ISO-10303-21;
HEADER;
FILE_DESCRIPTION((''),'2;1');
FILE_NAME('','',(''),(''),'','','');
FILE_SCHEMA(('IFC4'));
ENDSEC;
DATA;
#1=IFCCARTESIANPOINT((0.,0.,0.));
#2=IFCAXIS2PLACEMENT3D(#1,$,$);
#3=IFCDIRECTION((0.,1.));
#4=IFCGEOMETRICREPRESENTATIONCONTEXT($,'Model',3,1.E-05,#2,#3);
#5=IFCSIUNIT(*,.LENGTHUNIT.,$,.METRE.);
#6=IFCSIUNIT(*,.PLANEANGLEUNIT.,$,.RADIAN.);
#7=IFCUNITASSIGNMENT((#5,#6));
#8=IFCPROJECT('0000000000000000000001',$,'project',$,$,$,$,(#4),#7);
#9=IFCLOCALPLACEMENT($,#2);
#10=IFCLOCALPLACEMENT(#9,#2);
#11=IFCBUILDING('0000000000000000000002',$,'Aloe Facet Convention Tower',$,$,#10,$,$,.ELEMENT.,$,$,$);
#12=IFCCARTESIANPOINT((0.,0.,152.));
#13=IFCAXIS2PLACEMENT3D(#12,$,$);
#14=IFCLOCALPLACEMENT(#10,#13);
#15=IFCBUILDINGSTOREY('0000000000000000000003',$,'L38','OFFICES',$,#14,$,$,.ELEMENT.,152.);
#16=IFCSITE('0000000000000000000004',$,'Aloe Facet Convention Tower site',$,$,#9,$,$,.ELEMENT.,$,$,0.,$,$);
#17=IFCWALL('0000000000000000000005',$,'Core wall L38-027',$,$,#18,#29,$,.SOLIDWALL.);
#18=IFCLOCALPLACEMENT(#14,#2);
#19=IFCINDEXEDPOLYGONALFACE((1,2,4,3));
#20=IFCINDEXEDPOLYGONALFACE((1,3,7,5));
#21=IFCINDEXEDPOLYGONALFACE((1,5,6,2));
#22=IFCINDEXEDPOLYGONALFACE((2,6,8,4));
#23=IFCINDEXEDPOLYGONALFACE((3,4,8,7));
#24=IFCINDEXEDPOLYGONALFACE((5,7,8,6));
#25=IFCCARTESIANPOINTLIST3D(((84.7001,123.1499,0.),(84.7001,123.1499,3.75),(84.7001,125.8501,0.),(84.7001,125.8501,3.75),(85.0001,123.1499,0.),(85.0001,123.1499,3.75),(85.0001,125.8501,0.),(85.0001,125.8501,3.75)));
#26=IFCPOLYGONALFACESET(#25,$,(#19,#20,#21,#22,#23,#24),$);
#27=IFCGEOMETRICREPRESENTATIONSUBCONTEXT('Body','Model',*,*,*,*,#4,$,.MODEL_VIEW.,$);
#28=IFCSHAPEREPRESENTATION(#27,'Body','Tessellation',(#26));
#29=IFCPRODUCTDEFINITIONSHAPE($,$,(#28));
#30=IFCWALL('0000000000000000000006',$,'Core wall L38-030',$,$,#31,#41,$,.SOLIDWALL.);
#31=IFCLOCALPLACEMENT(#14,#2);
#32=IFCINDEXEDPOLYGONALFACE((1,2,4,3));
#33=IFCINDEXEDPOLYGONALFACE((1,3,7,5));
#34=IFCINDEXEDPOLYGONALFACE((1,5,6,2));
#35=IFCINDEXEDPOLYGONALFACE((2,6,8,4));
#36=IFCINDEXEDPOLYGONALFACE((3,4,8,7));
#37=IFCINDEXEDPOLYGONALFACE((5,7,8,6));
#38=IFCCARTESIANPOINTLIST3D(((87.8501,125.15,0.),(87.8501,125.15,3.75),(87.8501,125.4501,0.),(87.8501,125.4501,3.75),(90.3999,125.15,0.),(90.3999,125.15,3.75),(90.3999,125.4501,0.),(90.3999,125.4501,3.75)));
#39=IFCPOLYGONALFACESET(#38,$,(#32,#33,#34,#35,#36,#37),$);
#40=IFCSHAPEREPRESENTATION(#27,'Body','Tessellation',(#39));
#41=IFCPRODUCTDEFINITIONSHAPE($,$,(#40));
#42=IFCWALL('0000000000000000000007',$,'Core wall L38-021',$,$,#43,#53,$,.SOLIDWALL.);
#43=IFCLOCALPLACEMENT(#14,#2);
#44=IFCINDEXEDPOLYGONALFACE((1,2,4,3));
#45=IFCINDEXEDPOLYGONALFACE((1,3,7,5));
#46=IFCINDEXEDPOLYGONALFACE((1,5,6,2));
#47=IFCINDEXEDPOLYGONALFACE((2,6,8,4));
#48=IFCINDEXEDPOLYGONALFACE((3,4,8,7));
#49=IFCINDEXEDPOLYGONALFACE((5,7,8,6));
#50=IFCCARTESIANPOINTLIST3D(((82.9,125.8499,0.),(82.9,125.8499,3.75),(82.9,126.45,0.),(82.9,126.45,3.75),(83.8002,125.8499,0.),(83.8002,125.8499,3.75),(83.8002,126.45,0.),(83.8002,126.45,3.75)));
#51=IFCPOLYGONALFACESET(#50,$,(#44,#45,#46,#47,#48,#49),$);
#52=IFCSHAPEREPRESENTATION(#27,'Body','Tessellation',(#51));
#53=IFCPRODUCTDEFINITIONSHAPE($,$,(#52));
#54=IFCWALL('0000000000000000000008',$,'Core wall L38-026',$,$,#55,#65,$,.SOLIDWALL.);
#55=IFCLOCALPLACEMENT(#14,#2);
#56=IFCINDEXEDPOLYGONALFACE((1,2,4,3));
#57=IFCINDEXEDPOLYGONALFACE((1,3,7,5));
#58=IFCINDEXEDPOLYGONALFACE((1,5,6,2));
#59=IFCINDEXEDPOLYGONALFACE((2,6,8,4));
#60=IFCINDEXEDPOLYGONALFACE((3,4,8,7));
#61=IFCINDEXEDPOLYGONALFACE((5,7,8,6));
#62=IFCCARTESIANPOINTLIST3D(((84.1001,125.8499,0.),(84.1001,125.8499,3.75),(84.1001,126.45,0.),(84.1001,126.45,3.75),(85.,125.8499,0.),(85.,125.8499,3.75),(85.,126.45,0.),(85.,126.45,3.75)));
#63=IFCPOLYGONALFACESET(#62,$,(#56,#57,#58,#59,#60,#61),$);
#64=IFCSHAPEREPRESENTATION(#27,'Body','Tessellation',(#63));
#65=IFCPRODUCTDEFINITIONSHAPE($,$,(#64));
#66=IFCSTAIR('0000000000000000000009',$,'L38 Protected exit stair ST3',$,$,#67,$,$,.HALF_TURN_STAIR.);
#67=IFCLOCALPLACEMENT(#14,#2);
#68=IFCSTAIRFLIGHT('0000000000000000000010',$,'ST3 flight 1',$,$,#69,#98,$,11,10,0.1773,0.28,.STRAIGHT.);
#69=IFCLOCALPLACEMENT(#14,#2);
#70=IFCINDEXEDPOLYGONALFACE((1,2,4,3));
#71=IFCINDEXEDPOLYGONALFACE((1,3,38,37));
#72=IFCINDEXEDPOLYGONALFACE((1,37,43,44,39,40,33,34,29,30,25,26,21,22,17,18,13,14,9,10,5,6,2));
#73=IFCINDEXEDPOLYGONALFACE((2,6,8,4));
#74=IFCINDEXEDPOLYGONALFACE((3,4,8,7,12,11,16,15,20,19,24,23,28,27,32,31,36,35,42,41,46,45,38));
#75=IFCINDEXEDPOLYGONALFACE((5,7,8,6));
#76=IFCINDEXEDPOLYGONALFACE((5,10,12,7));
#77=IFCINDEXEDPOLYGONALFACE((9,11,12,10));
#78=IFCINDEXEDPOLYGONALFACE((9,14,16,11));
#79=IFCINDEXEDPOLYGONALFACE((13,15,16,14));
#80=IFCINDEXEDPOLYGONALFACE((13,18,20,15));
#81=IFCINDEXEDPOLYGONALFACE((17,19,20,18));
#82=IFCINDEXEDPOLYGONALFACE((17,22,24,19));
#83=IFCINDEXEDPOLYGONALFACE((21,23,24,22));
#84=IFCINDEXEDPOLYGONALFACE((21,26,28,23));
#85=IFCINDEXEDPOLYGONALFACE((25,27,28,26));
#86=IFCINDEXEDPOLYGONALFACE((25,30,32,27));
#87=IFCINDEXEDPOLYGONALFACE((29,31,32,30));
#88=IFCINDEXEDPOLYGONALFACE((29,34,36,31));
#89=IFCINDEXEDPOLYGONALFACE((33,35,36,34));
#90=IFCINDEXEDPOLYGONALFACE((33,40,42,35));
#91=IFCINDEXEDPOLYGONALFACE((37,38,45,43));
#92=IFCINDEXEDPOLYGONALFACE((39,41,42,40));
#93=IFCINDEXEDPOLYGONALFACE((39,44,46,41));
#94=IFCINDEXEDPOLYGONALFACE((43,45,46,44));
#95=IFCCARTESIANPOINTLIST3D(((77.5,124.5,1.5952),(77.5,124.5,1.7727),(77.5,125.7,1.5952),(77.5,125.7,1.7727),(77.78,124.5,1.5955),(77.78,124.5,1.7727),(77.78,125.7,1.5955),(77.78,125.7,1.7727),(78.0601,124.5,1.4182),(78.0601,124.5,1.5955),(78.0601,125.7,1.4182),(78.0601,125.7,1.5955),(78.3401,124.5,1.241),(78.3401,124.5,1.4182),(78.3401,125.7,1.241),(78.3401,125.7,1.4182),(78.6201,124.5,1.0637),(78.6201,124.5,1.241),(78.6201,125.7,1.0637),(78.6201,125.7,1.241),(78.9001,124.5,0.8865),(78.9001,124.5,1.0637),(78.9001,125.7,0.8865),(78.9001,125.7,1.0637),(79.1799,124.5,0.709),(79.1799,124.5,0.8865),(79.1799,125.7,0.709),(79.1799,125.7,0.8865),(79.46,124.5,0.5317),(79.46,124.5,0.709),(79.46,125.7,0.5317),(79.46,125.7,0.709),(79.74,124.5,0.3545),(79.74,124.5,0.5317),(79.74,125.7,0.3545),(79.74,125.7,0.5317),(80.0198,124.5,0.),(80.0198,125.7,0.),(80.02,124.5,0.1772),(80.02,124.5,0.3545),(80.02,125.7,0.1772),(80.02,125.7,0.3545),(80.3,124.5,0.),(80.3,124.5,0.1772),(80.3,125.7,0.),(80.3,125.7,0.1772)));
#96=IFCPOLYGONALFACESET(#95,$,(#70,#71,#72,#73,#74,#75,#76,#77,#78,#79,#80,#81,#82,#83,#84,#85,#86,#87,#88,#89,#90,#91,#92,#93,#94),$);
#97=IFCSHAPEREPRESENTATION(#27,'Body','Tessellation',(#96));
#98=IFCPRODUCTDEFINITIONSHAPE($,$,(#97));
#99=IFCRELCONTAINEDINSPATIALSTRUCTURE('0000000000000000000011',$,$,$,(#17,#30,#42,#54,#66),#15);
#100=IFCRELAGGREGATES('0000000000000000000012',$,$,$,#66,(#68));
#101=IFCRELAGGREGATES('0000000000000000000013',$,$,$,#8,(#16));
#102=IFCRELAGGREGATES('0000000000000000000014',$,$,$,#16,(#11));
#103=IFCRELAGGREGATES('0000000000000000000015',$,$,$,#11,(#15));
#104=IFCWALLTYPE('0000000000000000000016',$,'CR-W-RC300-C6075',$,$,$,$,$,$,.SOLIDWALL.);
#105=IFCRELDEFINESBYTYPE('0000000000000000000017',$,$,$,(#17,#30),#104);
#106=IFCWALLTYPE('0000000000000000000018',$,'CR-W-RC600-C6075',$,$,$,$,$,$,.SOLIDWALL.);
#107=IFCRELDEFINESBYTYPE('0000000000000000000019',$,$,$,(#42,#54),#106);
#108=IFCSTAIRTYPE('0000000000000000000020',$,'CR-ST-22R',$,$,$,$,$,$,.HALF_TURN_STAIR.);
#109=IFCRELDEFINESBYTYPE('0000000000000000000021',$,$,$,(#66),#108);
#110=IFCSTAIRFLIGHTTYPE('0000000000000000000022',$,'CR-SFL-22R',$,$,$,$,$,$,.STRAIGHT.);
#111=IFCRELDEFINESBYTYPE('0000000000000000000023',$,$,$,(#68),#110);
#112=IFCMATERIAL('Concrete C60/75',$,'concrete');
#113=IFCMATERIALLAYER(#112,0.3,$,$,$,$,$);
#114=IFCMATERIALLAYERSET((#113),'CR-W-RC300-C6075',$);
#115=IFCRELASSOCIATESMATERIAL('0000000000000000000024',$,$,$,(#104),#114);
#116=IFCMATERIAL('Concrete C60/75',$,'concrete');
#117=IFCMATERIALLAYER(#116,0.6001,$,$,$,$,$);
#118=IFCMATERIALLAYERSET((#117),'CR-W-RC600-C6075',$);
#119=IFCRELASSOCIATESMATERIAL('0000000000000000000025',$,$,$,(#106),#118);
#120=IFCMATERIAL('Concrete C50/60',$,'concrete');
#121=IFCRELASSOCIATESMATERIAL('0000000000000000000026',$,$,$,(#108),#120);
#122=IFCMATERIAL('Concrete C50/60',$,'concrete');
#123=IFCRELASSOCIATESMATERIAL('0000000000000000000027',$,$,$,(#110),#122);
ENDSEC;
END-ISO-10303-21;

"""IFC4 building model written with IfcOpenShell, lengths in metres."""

from ifc_helpers import new_model, si_unit, direction, frame, frame_2d, origin, place, context, subcontext, project, spatial, polyline, rectangle, outline, extrude, material, layer, layer_set, type_object, element, aggregate, save


model = new_model("IFC4")

# Units and contexts
model_context = context("Model", 3, precision=1e-05, world=origin(), true_north=direction((0.0, 1.0)))
body_context = subcontext(model_context, "Body", "Model", "MODEL_VIEW")
ifc_project = project(units=[si_unit("LENGTHUNIT", "METRE"), si_unit("PLANEANGLEUNIT", "RADIAN")], contexts=[model_context])

# Site, building, storey
site_placement = place(None, origin())
site = spatial("IfcSite", under=ifc_project, at=site_placement, Name="Aloe Facet Convention Tower site", CompositionType="ELEMENT", RefElevation=0.0)
building_placement = place(site_placement, origin())
building = spatial("IfcBuilding", under=site, at=building_placement, Name="Aloe Facet Convention Tower", CompositionType="ELEMENT")
storey_placement = place(building_placement, frame((0.0, 0.0, 152.0)))
storey = spatial("IfcBuildingStorey", under=building, at=storey_placement, Name="L38", Description="OFFICES", CompositionType="ELEMENT", Elevation=152.0)

# Shared definitions
ifc_material_1 = material(Name="Concrete C60/75", Category="concrete")
ifc_layer_1 = layer(ifc_material_1, 0.3)
ifc_layer_set_1 = layer_set([ifc_layer_1], Name="CR-W-RC300-C6075")
wall_type_1 = type_object("IfcWallType", Name="CR-W-RC300-C6075", PredefinedType="SOLIDWALL", material=ifc_layer_set_1)

# Walls
wall_1_placement = place(storey_placement, frame((84.8501, 125.8501, 0.0), z_axis=(0.0, 0.0, 1.0), x_axis=(0.0, -1.0, 0.0)))
element("IfcWall", 1, at=wall_1_placement, inside=storey, type_object=wall_type_1, Name="Core wall L38-027", PredefinedType="SOLIDWALL", context=body_context, shape_type="SweptSolid", body=[
    extrude(rectangle(XDim=2.7002, YDim=0.3, at=frame_2d((1.3501, 0.0))), origin(), (0.0, 0.0, 1.0), 3.75),
])
wall_2_placement = place(storey_placement, frame((87.8501, 125.3, 0.0), z_axis=(0.0, 0.0, 1.0), x_axis=(1.0, 0.0, 0.0)))
element("IfcWall", 2, at=wall_2_placement, inside=storey, type_object=wall_type_1, Name="Core wall L38-030", PredefinedType="SOLIDWALL", context=body_context, shape_type="SweptSolid", body=[
    extrude(rectangle(XDim=2.5498, YDim=0.3, at=frame_2d((1.2749, 0.0))), origin(), (0.0, 0.0, 1.0), 3.75),
])
ifc_material_2 = material(Name="Concrete C60/75", Category="concrete")
ifc_layer_2 = layer(ifc_material_2, 0.6001)
ifc_layer_set_2 = layer_set([ifc_layer_2], Name="CR-W-RC600-C6075")
wall_type_2 = type_object("IfcWallType", Name="CR-W-RC600-C6075", PredefinedType="SOLIDWALL", material=ifc_layer_set_2)
wall_3_placement = place(storey_placement, frame((82.8999, 126.1499, 0.0), z_axis=(0.0, 0.0, 1.0), x_axis=(1.0, 0.0, 0.0)))
element("IfcWall", 3, at=wall_3_placement, inside=storey, type_object=wall_type_2, Name="Core wall L38-021", PredefinedType="SOLIDWALL", context=body_context, shape_type="SweptSolid", body=[
    extrude(rectangle(XDim=0.9001, YDim=0.6001, at=frame_2d((0.4502, 0.0))), origin(), (0.0, 0.0, 1.0), 3.75),
])
wall_4_placement = place(storey_placement, frame((84.1001, 126.1499, 0.0), z_axis=(0.0, 0.0, 1.0), x_axis=(1.0, 0.0, 0.0)))
element("IfcWall", 4, at=wall_4_placement, inside=storey, type_object=wall_type_2, Name="Core wall L38-026", PredefinedType="SOLIDWALL", context=body_context, shape_type="SweptSolid", body=[
    extrude(rectangle(XDim=0.8999, YDim=0.6001, at=frame_2d((0.45, 0.0))), origin(), (0.0, 0.0, 1.0), 3.75),
])

# Stair, stair flight
ifc_material_3 = material(Name="Concrete C50/60", Category="concrete")
stair_type = type_object("IfcStairType", Name="CR-ST-22R", PredefinedType="HALF_TURN_STAIR", material=ifc_material_3)
stair_placement = place(storey_placement, origin())
stair = element("IfcStair", 5, at=stair_placement, inside=storey, type_object=stair_type, Name="L38 Protected exit stair ST3", PredefinedType="HALF_TURN_STAIR")
ifc_material_4 = material(Name="Concrete C50/60", Category="concrete")
stair_flight_type = type_object("IfcStairFlightType", Name="CR-SFL-22R", PredefinedType="STRAIGHT", material=ifc_material_4)
stair_flight_placement = place(storey_placement, frame((80.3, 125.1001, 0.0), z_axis=(0.0, 0.0, 1.0), x_axis=(-1.0, 0.0, 0.0)))
stair_flight = element("IfcStairFlight", 6, at=stair_flight_placement, type_object=stair_flight_type, Name="ST3 flight 1", NumberOfRisers=11, NumberOfTreads=10, PredefinedType="STRAIGHT", RiserHeight=0.1773, TreadLength=0.28, context=body_context, shape_type="SweptSolid", body=[
    extrude(outline(polyline([(0.0, 0.0), (0.0, 0.1772), (0.28, 0.1772), (0.28, 0.3545), (0.5601, 0.3545), (0.5601, 0.5317), (0.8401, 0.5317), (0.8401, 0.709), (1.1201, 0.709), (1.1201, 0.8865), (1.3999, 0.8865), (1.3999, 1.0637), (1.6799, 1.0637), (1.6799, 1.241), (1.96, 1.241), (1.96, 1.4182), (2.24, 1.4182), (2.24, 1.5955), (2.52, 1.5955), (2.52, 1.7727), (2.8, 1.7727), (2.8, 1.95), (2.8, 1.5952), (0.2803, 0.0), (0.0, 0.0)])), frame((0.0, 0.6001, 0.0), z_axis=(0.0, -1.0, 0.0), x_axis=(1.0, 0.0, 0.0)), (0.0, 0.0, 1.0), 1.2),
])
aggregate(stair, [stair_flight])

save(model, "model.ifc")
